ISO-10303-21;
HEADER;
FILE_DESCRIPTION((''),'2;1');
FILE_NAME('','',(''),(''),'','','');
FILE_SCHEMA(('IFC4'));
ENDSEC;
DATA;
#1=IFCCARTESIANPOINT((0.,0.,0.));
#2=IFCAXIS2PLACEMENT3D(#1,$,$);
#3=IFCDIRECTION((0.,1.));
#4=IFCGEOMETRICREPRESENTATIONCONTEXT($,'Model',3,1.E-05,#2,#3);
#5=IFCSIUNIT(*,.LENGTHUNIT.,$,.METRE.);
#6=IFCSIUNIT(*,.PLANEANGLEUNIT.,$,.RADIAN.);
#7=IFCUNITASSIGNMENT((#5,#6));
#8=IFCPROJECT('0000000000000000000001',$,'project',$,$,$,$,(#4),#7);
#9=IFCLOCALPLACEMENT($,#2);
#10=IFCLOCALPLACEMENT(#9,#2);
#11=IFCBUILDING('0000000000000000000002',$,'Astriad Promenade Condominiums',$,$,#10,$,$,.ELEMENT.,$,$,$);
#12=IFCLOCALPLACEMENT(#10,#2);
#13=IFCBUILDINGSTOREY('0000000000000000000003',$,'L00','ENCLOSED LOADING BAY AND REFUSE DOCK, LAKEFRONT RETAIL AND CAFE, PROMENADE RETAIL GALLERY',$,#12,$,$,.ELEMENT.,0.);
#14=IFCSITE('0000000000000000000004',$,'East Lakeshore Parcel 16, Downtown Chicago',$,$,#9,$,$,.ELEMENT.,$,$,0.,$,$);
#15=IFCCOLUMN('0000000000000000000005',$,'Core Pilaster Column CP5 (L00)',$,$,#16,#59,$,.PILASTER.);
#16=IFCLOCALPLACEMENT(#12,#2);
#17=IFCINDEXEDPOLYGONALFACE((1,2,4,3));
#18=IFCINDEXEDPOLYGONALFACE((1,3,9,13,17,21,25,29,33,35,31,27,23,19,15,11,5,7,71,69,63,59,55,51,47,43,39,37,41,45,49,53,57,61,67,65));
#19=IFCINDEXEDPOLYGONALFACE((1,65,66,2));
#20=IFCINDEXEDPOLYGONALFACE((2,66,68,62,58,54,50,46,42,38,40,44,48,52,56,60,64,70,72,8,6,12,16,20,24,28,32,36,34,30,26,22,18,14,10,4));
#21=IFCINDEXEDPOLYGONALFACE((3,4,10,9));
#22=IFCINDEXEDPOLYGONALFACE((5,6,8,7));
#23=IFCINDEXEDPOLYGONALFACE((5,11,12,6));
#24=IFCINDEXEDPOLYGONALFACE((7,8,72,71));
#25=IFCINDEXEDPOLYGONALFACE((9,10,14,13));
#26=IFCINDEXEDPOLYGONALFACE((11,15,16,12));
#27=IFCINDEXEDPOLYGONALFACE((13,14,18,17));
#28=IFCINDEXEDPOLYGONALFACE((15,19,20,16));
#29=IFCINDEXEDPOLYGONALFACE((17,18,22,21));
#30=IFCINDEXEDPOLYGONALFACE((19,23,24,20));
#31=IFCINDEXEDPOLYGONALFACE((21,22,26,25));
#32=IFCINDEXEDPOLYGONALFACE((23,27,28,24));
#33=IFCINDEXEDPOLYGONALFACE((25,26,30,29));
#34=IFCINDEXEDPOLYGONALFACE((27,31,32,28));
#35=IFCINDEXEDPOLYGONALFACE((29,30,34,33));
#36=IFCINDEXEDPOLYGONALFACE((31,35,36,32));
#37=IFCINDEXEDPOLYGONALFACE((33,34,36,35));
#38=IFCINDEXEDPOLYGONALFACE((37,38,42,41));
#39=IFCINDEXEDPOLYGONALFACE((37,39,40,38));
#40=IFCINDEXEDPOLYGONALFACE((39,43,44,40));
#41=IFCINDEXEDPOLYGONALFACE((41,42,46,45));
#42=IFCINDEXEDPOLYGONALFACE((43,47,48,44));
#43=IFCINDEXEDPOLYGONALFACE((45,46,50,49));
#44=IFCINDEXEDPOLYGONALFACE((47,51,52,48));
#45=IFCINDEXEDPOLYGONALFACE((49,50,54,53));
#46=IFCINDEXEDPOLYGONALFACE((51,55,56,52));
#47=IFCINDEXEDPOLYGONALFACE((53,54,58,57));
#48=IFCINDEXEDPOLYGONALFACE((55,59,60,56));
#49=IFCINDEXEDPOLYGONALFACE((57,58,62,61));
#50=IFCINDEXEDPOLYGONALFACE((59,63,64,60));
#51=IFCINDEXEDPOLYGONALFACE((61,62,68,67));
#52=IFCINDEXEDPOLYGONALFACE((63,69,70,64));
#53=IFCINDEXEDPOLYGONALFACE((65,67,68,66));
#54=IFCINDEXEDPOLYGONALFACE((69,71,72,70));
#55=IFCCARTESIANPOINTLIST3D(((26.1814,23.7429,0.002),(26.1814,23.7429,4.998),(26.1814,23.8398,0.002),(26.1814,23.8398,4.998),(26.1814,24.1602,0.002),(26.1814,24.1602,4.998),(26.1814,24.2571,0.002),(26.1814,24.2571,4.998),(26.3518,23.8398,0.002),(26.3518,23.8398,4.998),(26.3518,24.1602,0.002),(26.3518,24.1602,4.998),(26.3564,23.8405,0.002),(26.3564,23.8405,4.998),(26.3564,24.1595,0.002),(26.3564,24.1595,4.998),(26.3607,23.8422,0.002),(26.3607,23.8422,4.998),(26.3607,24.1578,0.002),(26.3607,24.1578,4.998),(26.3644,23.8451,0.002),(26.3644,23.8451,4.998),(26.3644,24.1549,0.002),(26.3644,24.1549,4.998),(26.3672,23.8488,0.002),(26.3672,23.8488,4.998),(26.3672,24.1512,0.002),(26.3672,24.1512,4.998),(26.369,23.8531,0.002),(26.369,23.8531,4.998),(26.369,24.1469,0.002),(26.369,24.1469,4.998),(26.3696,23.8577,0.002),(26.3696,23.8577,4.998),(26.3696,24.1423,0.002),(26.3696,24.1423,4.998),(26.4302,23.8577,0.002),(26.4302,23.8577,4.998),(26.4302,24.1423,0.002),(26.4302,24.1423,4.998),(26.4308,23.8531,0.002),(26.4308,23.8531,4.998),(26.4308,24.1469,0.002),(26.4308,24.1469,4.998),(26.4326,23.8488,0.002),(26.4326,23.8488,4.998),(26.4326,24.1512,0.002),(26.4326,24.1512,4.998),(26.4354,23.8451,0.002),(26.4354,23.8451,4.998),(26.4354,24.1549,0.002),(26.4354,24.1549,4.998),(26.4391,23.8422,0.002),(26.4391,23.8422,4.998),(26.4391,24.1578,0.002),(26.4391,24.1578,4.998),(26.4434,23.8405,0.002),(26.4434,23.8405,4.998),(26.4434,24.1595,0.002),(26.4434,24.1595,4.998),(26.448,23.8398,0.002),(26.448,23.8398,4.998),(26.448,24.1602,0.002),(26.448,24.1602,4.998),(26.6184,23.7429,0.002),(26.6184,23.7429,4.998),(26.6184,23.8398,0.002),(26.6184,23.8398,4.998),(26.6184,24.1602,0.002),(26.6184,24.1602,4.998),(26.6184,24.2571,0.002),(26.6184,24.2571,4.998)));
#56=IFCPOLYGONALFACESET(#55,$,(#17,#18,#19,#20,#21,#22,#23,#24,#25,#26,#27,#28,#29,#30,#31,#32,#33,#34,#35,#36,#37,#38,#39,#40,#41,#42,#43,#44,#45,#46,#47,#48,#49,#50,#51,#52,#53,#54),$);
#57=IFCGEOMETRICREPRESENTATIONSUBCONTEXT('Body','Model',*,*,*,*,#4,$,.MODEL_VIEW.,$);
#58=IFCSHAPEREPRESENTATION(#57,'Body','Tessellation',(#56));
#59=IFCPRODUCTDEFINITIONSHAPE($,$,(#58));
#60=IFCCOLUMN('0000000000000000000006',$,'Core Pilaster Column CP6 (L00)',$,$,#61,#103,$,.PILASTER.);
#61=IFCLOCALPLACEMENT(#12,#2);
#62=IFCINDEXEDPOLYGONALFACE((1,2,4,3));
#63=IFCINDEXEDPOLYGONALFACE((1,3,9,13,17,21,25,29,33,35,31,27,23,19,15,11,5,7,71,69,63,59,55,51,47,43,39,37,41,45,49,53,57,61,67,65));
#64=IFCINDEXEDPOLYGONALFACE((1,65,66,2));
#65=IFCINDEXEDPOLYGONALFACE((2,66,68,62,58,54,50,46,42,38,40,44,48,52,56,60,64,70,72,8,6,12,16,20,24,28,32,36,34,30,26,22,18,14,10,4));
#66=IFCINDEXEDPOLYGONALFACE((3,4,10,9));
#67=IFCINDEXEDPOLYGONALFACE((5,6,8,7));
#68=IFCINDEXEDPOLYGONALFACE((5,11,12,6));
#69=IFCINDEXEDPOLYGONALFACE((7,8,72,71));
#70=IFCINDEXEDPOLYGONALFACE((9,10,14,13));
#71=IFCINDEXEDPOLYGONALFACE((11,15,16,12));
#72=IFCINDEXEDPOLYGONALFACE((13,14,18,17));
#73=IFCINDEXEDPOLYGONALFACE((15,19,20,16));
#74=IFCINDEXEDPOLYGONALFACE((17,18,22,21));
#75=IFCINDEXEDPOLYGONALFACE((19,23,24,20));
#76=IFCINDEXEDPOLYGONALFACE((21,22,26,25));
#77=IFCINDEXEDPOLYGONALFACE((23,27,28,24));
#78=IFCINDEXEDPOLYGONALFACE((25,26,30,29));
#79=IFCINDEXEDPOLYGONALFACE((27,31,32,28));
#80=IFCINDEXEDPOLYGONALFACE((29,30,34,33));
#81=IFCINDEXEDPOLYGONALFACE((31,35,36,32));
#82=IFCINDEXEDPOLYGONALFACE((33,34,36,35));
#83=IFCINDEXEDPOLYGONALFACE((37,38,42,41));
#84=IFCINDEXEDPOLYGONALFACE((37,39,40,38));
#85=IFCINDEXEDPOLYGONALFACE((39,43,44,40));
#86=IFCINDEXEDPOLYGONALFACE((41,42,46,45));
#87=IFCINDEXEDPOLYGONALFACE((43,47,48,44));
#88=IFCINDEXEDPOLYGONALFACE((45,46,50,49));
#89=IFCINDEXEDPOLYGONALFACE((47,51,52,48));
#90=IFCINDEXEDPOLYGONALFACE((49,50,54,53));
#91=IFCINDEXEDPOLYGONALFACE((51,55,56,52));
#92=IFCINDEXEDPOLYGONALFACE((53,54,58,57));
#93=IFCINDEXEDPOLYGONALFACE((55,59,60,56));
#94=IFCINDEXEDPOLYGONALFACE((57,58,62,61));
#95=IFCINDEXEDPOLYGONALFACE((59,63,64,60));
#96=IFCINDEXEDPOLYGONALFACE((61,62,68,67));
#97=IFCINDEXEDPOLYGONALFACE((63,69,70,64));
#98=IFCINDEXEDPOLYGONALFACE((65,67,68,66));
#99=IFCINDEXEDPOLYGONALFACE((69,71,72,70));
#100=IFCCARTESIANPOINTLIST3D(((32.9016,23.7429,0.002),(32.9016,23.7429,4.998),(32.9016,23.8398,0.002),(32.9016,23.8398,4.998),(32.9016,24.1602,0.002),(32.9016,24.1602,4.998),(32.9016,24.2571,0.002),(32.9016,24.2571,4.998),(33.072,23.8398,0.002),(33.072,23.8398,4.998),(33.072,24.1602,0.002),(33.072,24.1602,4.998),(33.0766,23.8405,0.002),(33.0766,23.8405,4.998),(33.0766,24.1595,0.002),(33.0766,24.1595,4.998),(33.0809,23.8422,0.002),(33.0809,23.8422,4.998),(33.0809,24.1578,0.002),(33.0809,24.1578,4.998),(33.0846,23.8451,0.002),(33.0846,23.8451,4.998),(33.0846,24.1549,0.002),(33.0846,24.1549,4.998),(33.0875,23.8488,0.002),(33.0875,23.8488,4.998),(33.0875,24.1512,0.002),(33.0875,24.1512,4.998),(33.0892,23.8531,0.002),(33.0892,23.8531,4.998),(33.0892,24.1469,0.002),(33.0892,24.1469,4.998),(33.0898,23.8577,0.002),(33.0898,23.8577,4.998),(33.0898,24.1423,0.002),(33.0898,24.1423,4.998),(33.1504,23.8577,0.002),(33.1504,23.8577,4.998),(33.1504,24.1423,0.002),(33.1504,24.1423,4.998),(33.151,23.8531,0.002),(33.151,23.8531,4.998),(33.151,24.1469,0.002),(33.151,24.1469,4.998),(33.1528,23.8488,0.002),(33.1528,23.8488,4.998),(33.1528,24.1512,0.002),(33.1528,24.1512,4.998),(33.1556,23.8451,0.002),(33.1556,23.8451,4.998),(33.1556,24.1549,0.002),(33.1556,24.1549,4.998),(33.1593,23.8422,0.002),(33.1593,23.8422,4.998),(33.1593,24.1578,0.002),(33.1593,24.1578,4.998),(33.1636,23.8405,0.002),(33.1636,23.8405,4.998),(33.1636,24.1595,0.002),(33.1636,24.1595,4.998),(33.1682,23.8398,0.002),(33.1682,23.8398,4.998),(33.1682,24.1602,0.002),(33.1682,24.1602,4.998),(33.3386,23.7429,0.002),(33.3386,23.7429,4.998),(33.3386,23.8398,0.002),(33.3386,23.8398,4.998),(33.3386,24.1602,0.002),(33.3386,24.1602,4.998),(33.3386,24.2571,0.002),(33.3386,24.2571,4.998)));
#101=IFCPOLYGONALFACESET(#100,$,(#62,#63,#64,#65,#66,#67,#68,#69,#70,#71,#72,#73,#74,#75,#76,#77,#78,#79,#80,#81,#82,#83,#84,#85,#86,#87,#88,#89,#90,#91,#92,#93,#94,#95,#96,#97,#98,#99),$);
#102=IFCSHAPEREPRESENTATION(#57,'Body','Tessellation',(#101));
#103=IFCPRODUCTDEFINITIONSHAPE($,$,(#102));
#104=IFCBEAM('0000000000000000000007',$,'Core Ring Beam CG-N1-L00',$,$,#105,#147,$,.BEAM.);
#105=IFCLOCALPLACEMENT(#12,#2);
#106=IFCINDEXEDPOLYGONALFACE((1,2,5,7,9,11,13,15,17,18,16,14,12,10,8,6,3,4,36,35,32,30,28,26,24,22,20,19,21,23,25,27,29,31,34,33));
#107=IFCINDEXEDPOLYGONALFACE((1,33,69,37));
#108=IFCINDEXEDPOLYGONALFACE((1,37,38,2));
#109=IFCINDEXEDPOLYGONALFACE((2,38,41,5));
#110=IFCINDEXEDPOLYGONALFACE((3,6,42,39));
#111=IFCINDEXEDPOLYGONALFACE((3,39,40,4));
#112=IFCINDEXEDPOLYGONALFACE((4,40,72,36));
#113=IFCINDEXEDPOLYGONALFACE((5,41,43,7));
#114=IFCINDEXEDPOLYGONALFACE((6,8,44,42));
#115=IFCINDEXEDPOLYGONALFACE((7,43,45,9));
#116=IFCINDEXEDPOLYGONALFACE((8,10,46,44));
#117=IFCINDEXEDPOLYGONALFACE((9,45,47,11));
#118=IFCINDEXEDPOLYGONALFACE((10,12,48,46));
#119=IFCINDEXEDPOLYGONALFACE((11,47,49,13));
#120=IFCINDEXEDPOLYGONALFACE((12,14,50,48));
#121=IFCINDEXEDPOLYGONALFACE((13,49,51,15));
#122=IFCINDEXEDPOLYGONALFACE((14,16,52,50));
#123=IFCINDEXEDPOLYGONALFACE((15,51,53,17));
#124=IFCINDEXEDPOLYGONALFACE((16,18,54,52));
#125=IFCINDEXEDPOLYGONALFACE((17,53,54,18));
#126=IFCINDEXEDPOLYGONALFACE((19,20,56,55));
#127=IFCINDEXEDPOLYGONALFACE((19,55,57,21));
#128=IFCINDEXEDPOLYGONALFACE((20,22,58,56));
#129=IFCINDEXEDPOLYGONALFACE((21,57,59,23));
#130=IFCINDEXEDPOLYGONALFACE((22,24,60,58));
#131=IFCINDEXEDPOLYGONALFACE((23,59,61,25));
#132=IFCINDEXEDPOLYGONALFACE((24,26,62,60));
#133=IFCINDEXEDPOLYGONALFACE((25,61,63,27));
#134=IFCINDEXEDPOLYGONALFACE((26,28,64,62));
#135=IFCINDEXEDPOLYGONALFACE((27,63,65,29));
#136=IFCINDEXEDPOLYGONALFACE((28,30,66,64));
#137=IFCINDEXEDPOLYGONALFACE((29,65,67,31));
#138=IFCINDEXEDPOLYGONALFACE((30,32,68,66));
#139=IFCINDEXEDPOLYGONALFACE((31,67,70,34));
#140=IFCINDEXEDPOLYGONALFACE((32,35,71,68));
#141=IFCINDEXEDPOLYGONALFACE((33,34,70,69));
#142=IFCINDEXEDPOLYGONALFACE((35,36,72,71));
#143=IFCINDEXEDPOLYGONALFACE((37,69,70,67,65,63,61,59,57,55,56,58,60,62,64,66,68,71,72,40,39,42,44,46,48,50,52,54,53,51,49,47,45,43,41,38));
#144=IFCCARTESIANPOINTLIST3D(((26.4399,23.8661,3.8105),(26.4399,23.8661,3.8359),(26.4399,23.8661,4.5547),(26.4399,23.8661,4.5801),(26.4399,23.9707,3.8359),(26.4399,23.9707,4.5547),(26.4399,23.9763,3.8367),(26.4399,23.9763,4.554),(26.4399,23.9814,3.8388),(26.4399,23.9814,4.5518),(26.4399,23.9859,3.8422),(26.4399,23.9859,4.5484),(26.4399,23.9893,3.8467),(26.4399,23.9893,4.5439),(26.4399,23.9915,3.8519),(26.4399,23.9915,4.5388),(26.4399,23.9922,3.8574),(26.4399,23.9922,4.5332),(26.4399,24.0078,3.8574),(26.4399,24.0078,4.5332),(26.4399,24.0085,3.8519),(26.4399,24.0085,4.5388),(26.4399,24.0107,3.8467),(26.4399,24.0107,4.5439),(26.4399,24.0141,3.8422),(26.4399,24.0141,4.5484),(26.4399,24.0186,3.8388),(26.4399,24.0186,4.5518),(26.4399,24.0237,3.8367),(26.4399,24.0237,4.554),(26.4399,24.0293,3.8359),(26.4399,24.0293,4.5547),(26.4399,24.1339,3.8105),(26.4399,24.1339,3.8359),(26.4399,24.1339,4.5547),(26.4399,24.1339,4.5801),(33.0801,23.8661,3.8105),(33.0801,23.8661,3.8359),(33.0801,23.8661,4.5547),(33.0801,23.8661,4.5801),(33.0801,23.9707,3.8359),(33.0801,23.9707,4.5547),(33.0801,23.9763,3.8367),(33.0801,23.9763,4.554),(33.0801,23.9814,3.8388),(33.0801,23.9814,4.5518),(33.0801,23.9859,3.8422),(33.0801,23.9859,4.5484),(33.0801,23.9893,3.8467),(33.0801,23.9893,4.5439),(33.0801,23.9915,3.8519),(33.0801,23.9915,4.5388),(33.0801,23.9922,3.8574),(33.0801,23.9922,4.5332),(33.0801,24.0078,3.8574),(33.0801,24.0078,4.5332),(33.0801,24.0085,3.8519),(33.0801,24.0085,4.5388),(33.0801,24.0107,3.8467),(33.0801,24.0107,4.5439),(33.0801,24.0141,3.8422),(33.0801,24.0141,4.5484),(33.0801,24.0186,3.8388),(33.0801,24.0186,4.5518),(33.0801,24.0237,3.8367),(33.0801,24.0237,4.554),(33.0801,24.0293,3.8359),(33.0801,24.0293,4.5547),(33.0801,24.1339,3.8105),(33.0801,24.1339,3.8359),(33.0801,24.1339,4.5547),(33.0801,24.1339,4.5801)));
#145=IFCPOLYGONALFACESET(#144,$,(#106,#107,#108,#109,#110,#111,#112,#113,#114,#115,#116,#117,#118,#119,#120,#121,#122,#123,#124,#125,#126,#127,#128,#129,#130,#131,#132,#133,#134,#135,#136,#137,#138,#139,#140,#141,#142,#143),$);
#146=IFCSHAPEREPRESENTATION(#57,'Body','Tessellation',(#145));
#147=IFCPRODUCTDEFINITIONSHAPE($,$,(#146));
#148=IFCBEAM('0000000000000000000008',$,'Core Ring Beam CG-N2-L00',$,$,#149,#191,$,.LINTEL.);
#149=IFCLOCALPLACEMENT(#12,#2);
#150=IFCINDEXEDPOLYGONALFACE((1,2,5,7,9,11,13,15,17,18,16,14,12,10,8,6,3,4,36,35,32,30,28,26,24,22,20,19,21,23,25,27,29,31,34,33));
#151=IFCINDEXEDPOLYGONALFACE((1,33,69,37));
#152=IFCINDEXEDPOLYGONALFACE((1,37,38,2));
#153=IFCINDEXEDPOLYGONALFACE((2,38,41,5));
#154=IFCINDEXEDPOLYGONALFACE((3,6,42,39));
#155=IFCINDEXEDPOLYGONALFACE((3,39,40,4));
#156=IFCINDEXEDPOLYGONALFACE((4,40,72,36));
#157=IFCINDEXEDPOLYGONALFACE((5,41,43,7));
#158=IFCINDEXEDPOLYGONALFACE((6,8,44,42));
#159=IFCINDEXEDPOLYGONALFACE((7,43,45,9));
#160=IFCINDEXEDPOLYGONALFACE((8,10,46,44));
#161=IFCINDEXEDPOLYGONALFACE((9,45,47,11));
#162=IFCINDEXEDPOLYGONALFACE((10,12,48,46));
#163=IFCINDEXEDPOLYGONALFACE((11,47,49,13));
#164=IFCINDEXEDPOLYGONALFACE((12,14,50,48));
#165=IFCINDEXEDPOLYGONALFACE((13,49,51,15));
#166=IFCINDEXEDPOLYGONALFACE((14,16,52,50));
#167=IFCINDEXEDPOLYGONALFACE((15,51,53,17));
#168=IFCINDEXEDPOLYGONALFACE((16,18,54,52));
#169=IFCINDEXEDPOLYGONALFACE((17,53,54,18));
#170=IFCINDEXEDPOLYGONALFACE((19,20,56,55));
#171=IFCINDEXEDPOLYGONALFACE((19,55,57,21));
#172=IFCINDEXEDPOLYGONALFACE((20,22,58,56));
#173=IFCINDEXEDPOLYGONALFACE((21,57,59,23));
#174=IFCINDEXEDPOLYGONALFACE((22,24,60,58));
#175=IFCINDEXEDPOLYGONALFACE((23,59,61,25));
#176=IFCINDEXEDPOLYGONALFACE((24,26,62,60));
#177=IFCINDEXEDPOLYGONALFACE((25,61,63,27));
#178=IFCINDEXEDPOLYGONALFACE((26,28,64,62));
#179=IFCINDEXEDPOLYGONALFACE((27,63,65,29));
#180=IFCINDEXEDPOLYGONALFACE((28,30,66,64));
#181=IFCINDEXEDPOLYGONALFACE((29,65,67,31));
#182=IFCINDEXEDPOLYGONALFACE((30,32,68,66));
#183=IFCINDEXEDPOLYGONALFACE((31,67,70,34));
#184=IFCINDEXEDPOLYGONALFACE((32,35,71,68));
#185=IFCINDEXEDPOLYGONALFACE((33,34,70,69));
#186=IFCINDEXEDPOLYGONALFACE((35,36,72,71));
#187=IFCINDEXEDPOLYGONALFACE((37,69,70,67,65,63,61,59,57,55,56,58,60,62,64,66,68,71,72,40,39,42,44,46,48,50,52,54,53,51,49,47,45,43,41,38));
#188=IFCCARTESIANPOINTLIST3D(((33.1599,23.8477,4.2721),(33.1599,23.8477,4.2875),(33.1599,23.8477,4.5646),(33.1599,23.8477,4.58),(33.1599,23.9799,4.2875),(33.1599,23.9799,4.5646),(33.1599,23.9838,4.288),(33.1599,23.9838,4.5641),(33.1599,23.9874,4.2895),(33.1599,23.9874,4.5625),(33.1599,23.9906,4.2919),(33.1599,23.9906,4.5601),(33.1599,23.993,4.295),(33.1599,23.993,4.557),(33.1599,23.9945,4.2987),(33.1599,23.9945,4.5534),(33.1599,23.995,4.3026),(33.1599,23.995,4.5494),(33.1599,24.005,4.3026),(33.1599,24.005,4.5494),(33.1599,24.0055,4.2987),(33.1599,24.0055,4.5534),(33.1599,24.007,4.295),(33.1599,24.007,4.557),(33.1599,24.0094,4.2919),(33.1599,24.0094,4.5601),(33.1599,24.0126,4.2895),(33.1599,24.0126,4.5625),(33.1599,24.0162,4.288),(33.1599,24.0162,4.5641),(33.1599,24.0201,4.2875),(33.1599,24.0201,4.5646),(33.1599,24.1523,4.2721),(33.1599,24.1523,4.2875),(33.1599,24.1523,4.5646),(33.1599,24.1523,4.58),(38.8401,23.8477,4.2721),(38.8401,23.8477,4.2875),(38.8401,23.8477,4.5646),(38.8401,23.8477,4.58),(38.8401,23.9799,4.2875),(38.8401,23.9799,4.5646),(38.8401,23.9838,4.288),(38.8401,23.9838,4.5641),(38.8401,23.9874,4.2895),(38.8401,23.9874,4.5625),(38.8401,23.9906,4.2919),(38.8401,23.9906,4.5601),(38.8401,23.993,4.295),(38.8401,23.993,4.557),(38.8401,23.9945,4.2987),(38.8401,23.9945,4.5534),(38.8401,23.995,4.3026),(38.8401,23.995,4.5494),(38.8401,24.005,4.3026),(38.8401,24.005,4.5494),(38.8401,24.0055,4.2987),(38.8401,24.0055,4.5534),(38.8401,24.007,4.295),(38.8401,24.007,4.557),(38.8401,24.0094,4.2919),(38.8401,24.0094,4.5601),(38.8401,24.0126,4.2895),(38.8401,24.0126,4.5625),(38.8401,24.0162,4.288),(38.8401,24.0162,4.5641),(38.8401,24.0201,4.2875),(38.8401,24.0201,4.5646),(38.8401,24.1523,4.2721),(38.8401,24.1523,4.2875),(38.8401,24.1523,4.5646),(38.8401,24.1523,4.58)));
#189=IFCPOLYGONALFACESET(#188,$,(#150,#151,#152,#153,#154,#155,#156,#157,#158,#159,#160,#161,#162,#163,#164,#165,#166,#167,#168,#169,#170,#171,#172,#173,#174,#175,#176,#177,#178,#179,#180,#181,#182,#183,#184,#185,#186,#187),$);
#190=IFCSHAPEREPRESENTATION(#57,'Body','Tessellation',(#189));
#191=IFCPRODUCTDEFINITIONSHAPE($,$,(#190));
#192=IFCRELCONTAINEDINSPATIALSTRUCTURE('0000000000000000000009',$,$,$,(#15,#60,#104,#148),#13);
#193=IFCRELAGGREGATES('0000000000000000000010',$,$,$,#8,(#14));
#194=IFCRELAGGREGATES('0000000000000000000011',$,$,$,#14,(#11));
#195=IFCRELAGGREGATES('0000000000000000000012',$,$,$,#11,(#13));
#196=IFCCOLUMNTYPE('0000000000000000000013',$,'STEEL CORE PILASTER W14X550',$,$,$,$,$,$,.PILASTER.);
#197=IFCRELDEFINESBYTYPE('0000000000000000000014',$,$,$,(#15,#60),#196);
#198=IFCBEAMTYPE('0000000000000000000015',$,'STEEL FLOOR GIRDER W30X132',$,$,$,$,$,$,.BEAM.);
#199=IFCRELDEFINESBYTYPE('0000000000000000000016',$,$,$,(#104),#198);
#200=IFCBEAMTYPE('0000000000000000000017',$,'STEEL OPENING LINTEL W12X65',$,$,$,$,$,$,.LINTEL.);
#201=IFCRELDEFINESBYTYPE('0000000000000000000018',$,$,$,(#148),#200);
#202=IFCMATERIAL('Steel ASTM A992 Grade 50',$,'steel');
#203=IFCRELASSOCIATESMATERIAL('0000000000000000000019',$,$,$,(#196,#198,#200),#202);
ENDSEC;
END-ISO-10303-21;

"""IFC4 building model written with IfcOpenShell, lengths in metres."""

from ifc_helpers import new_model, si_unit, direction, frame, origin, origin_2d, place, context, subcontext, project, spatial, i_section, extrude, source, transform, mapped, material, material_profile, profile_set, type_object, type_shapes, element, save


model = new_model("IFC4")

# Units and contexts
model_context = context("Model", 3, precision=1e-05, world=origin(), true_north=direction((0.0, 1.0)))
body_context = subcontext(model_context, "Body", "Model", "MODEL_VIEW")
ifc_project = project(units=[si_unit("LENGTHUNIT", "METRE"), si_unit("PLANEANGLEUNIT", "RADIAN")], contexts=[model_context])

# Site, building, storey
site_placement = place(None, origin())
site = spatial("IfcSite", under=ifc_project, at=site_placement, Name="East Lakeshore Parcel 16, Downtown Chicago", CompositionType="ELEMENT", RefElevation=0.0)
building_placement = place(site_placement, origin())
building = spatial("IfcBuilding", under=site, at=building_placement, Name="Astriad Promenade Condominiums", CompositionType="ELEMENT")
storey_placement = place(building_placement, origin())
storey = spatial("IfcBuildingStorey", under=building, at=storey_placement, Name="L00", Description="ENCLOSED LOADING BAY AND REFUSE DOCK, LAKEFRONT RETAIL AND CAFE, PROMENADE RETAIL GALLERY", CompositionType="ELEMENT", Elevation=0.0)

# Columns
ifc_material_1 = material(Name="Steel ASTM A992 Grade 50", Category="steel")
ifc_material_profile_1 = material_profile(ifc_material_1, i_section(OverallWidth=0.437, OverallDepth=0.5142, WebThickness=0.0605, FlangeThickness=0.0969, FilletRadius=0.0178, at=origin_2d()), Name="W14X550")
ifc_profile_set_1 = profile_set([ifc_material_profile_1], Name="Steel ASTM A992 Grade 50")
column_type = type_object("IfcColumnType", Name="STEEL CORE PILASTER W14X550", PredefinedType="PILASTER", material=ifc_profile_set_1)
shared_shape_1 = source(origin(), body_context, "Body", "SweptSolid", [
    extrude(i_section(OverallWidth=0.437, OverallDepth=0.5142, WebThickness=0.0605, FlangeThickness=0.0969, FilletRadius=0.0178, at=origin_2d()), origin(), (0.0, 0.0, 1.0), 4.9961),
])
type_shapes(column_type, [shared_shape_1])
for number, where, z_axis, x_axis, name in (
    (1, (26.3999, 24.0, 0.002), (0.0, 0.0, 1.0), (1.0, 0.0, 0.0), "Core Pilaster Column CP5 (L00)"),
    (2, (33.1201, 24.0, 0.002), (0.0, 0.0, 1.0), (1.0, 0.0, 0.0), "Core Pilaster Column CP6 (L00)"),
):
    element("IfcColumn", number, at=place(storey_placement, frame(where, z_axis=z_axis, x_axis=x_axis)), inside=storey, type_object=column_type, Name=name, PredefinedType="PILASTER", context=body_context, shape_type="MappedRepresentation", body=[
        mapped(shared_shape_1, transform((0.0, 0.0, 0.0), scale=1.0)),
    ])

# Beams
ifc_material_profile_2 = material_profile(ifc_material_1, i_section(OverallWidth=0.2678, OverallDepth=0.7695, WebThickness=0.0156, FlangeThickness=0.0254, FilletRadius=0.0215, at=origin_2d()), Name="W30X132")
ifc_profile_set_2 = profile_set([ifc_material_profile_2], Name="Steel ASTM A992 Grade 50")
beam_type_1 = type_object("IfcBeamType", Name="STEEL FLOOR GIRDER W30X132", PredefinedType="BEAM", material=ifc_profile_set_2)
shared_shape_2 = source(origin(), body_context, "Body", "SweptSolid", [
    extrude(i_section(OverallWidth=0.2678, OverallDepth=0.7695, WebThickness=0.0156, FlangeThickness=0.0254, FilletRadius=0.0215, at=origin_2d()), origin(), (0.0, 0.0, 1.0), 6.6401),
])
type_shapes(beam_type_1, [shared_shape_2])
beam_1_placement = place(storey_placement, frame((26.4399, 24.0, 4.1953), z_axis=(1.0, 0.0, 0.0), x_axis=(0.0, 1.0, 0.0)))
element("IfcBeam", 3, at=beam_1_placement, inside=storey, type_object=beam_type_1, Name="Core Ring Beam CG-N1-L00", PredefinedType="BEAM", context=body_context, shape_type="MappedRepresentation", body=[
    mapped(shared_shape_2, transform((0.0, 0.0, 0.0), scale=1.0)),
])
ifc_material_profile_3 = material_profile(ifc_material_1, i_section(OverallWidth=0.3047, OverallDepth=0.3079, WebThickness=0.01, FlangeThickness=0.0154, FilletRadius=0.0151, at=origin_2d()), Name="W12X65")
ifc_profile_set_3 = profile_set([ifc_material_profile_3], Name="Steel ASTM A992 Grade 50")
beam_type_2 = type_object("IfcBeamType", Name="STEEL OPENING LINTEL W12X65", PredefinedType="LINTEL", material=ifc_profile_set_3)
shared_shape_3 = source(origin(), body_context, "Body", "SweptSolid", [
    extrude(i_section(OverallWidth=0.3047, OverallDepth=0.3079, WebThickness=0.01, FlangeThickness=0.0154, FilletRadius=0.0151, at=origin_2d()), origin(), (0.0, 0.0, 1.0), 5.6802),
])
type_shapes(beam_type_2, [shared_shape_3])
beam_2_placement = place(storey_placement, frame((33.1599, 24.0, 4.426), z_axis=(1.0, 0.0, 0.0), x_axis=(0.0, 1.0, 0.0)))
element("IfcBeam", 4, at=beam_2_placement, inside=storey, type_object=beam_type_2, Name="Core Ring Beam CG-N2-L00", PredefinedType="LINTEL", context=body_context, shape_type="MappedRepresentation", body=[
    mapped(shared_shape_3, transform((0.0, 0.0, 0.0), scale=1.0)),
])

save(model, "model.ifc")
